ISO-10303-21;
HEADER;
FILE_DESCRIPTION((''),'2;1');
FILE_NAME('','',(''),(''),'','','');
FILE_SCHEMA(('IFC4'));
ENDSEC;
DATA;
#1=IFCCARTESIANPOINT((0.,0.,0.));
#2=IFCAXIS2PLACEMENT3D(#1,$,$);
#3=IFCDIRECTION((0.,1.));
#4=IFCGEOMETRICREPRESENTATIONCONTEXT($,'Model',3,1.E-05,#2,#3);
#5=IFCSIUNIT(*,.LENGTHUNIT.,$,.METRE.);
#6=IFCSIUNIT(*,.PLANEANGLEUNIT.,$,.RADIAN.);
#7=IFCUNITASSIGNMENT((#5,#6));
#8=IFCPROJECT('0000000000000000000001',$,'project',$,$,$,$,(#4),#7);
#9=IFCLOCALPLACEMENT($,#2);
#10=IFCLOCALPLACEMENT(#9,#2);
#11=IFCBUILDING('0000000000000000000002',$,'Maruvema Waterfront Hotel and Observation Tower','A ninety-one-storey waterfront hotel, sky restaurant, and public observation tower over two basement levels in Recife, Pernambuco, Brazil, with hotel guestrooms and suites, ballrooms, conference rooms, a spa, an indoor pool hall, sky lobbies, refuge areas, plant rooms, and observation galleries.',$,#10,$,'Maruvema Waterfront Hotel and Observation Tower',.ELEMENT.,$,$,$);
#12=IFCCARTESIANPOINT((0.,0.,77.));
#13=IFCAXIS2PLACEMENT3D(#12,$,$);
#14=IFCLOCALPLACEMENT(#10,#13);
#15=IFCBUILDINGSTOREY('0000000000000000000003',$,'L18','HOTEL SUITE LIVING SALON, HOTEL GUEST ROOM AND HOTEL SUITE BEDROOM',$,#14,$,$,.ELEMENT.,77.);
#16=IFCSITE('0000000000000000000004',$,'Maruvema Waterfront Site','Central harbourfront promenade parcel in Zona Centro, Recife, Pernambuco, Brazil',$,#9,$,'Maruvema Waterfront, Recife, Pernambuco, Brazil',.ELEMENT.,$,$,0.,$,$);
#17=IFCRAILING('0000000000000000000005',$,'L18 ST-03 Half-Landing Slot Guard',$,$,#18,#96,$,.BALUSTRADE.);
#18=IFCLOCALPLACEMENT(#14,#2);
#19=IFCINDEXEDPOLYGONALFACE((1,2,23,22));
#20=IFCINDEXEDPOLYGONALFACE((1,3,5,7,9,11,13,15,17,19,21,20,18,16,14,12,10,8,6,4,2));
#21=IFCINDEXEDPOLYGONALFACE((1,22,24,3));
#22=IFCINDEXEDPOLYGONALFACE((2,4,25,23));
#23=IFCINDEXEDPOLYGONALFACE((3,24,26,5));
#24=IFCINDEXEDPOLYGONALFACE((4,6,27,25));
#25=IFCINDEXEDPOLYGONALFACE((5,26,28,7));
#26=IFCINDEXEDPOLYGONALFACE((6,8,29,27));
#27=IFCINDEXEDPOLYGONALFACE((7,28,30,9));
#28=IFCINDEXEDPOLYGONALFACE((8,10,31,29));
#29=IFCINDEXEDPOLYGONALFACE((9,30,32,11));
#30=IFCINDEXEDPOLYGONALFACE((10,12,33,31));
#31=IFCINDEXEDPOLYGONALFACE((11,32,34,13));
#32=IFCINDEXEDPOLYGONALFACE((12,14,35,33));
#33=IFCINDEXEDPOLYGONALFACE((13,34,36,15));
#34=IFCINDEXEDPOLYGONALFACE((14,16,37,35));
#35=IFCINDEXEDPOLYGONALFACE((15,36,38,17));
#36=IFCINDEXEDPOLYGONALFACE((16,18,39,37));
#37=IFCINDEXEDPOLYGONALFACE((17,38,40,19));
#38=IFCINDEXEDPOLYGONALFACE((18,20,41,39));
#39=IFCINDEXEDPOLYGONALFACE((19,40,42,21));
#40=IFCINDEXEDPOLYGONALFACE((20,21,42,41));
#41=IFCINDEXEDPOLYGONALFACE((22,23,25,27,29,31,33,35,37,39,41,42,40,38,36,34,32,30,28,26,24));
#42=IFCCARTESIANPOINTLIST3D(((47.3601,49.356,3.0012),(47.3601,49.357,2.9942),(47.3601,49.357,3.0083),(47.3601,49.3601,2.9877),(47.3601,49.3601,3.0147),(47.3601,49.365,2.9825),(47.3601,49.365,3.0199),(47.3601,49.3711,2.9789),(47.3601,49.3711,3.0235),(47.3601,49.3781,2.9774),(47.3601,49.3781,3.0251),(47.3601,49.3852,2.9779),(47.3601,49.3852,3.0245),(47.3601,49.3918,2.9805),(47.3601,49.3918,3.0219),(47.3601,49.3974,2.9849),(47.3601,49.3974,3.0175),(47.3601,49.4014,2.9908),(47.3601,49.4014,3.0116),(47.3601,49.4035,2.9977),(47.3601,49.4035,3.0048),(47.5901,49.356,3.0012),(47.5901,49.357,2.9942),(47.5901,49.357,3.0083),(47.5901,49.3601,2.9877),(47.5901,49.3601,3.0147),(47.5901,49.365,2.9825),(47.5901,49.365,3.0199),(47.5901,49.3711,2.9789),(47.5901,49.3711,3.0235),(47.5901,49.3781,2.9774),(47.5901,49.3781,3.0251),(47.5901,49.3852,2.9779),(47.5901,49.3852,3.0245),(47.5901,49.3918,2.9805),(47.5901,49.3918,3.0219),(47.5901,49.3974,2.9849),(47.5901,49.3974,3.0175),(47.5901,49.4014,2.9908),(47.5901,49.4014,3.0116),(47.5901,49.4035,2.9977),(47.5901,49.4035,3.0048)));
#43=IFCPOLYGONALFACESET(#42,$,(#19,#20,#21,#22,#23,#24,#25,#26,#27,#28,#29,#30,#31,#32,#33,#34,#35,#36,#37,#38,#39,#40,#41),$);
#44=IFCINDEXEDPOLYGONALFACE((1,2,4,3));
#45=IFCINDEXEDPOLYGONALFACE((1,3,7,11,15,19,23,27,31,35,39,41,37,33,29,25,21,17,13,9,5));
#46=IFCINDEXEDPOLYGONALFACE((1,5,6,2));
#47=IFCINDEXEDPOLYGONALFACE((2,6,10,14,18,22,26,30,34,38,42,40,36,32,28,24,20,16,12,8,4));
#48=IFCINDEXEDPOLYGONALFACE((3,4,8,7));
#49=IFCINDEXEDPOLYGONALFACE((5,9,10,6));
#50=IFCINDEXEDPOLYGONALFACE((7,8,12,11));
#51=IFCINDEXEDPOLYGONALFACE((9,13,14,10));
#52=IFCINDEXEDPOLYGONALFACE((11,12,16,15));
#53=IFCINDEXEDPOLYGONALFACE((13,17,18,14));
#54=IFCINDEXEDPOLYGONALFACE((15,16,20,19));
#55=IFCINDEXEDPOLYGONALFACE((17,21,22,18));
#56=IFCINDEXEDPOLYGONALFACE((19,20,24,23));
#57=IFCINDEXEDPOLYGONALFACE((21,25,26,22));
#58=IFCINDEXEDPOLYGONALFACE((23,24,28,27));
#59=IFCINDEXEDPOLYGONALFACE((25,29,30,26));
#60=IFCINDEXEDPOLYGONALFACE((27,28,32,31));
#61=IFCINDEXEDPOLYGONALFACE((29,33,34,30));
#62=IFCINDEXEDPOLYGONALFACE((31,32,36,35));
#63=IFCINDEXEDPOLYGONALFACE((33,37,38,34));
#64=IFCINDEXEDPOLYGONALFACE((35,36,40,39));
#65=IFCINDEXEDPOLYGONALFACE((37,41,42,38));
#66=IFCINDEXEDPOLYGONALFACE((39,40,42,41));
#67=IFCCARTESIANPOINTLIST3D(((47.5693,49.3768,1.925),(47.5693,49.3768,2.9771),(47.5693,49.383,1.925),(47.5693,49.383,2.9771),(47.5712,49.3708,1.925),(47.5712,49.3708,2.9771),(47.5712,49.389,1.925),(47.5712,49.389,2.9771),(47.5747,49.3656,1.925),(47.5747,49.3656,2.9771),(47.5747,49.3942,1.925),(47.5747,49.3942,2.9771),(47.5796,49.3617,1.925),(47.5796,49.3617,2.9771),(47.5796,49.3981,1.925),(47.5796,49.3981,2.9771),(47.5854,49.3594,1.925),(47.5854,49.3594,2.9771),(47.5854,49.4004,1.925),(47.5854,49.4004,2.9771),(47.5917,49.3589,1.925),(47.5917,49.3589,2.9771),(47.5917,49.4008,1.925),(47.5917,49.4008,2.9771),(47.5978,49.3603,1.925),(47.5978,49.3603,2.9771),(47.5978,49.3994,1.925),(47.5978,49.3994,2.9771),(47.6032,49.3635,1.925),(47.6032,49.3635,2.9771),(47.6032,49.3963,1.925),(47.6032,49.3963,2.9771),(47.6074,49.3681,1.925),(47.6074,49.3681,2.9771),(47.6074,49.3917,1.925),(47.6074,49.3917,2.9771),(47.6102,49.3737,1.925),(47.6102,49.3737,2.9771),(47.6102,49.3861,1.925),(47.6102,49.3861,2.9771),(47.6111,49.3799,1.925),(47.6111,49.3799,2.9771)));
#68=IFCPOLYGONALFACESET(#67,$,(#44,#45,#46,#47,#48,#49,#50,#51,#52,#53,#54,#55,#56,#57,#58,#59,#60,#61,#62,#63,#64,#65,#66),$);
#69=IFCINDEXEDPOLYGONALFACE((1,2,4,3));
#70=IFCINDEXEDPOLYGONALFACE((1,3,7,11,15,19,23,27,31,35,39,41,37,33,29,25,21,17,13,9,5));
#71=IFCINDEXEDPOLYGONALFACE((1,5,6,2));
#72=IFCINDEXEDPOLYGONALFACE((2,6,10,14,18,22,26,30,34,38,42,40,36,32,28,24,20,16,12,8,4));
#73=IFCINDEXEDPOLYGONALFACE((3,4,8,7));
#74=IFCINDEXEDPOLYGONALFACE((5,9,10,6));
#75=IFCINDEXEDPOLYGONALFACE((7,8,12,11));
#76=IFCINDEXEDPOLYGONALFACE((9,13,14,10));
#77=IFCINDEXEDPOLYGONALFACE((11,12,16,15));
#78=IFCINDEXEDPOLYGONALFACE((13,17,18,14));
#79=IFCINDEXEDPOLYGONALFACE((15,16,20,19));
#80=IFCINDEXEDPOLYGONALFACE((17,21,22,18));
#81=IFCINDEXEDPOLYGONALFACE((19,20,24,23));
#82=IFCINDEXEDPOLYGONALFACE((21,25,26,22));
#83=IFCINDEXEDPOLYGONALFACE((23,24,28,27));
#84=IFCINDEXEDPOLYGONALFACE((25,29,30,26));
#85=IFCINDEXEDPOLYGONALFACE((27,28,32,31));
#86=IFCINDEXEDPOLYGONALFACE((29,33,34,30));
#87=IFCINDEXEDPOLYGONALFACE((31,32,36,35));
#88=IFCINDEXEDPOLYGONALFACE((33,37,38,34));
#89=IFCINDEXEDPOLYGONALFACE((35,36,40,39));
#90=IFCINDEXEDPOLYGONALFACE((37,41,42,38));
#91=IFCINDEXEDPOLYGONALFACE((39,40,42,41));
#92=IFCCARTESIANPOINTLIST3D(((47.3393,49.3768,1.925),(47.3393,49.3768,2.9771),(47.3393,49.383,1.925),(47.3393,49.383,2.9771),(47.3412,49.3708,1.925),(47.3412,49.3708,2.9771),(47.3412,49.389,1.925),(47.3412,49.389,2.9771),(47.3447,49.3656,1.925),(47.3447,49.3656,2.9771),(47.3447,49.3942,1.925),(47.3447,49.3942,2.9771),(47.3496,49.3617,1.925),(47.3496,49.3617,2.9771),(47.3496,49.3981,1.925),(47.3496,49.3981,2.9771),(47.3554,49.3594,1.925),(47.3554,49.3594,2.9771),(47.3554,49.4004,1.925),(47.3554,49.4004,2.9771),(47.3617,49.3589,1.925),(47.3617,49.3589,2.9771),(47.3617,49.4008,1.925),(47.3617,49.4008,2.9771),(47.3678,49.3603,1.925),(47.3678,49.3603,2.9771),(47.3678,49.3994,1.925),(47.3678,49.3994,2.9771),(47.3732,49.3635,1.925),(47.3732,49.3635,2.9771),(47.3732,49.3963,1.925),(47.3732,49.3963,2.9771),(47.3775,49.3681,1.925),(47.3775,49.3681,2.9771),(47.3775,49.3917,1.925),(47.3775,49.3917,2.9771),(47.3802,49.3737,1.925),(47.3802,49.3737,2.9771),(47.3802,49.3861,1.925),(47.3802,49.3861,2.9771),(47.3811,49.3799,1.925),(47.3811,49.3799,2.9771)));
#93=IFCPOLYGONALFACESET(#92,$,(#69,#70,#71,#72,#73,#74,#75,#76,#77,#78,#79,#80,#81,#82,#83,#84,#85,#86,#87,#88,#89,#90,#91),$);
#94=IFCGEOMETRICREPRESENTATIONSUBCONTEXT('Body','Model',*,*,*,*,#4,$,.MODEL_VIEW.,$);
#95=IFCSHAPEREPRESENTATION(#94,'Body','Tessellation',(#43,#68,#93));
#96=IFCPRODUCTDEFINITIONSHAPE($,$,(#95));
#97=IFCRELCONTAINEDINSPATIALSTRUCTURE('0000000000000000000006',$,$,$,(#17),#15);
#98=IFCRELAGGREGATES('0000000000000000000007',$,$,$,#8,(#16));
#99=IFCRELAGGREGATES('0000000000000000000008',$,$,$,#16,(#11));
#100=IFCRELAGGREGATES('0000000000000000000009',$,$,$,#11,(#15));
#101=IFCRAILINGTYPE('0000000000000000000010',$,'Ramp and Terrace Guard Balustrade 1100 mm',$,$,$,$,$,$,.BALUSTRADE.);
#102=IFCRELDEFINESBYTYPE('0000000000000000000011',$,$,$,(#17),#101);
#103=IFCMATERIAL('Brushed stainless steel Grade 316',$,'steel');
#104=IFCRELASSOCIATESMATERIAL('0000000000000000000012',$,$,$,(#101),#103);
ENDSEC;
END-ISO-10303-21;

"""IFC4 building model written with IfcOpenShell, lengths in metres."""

from ifc_helpers import new_model, si_unit, direction, frame, origin, origin_2d, place, context, subcontext, project, spatial, circle, extrude, material, type_object, element, save


model = new_model("IFC4")

# Units and contexts
model_context = context("Model", 3, precision=1e-05, world=origin(), true_north=direction((0.0, 1.0)))
body_context = subcontext(model_context, "Body", "Model", "MODEL_VIEW")
ifc_project = project(units=[si_unit("LENGTHUNIT", "METRE"), si_unit("PLANEANGLEUNIT", "RADIAN")], contexts=[model_context])

# Site, building, storey
site_placement = place(None, origin())
site = spatial("IfcSite", under=ifc_project, at=site_placement, Name="Maruvema Waterfront Site", Description="Central harbourfront promenade parcel in Zona Centro, Recife, Pernambuco, Brazil", LongName="Maruvema Waterfront, Recife, Pernambuco, Brazil", CompositionType="ELEMENT", RefElevation=0.0)
building_placement = place(site_placement, origin())
building = spatial("IfcBuilding", under=site, at=building_placement, Name="Maruvema Waterfront Hotel and Observation Tower", Description="A ninety-one-storey waterfront hotel, sky restaurant, and public observation tower over two basement levels in Recife, Pernambuco, Brazil, with hotel guestrooms and suites, ballrooms, conference rooms, a spa, an indoor pool hall, sky lobbies, refuge areas, plant rooms, and observation galleries.", LongName="Maruvema Waterfront Hotel and Observation Tower", CompositionType="ELEMENT")
storey_placement = place(building_placement, frame((0.0, 0.0, 77.0)))
storey = spatial("IfcBuildingStorey", under=building, at=storey_placement, Name="L18", Description="HOTEL SUITE LIVING SALON, HOTEL GUEST ROOM AND HOTEL SUITE BEDROOM", CompositionType="ELEMENT", Elevation=77.0)

# Railing
ifc_material_1 = material(Name="Brushed stainless steel Grade 316", Category="steel")
railing_type_1 = type_object("IfcRailingType", Name="Ramp and Terrace Guard Balustrade 1100 mm", PredefinedType="BALUSTRADE", material=ifc_material_1)
railing_1_placement = place(storey_placement, frame((47.5901, 49.3799, 1.925)))
element("IfcRailing", 1, at=railing_1_placement, inside=storey, type_object=railing_type_1, Name="L18 ST-03 Half-Landing Slot Guard", PredefinedType="BALUSTRADE", context=body_context, shape_type="SweptSolid", body=[
    extrude(circle(Radius=0.0239, at=origin_2d()), frame((0.0, 0.0, 1.0762), z_axis=(-1.0, 0.0, 0.0), x_axis=(0.0, -1.0, 0.0)), (0.0, 0.0, 1.0), 0.23),
    extrude(circle(Radius=0.021, at=origin_2d()), origin(), (0.0, 0.0, 1.0), 1.052),
    extrude(circle(Radius=0.021, at=origin_2d()), frame((-0.23, 0.0, 0.0)), (0.0, 0.0, 1.0), 1.052),
])

save(model, "model.ifc")
